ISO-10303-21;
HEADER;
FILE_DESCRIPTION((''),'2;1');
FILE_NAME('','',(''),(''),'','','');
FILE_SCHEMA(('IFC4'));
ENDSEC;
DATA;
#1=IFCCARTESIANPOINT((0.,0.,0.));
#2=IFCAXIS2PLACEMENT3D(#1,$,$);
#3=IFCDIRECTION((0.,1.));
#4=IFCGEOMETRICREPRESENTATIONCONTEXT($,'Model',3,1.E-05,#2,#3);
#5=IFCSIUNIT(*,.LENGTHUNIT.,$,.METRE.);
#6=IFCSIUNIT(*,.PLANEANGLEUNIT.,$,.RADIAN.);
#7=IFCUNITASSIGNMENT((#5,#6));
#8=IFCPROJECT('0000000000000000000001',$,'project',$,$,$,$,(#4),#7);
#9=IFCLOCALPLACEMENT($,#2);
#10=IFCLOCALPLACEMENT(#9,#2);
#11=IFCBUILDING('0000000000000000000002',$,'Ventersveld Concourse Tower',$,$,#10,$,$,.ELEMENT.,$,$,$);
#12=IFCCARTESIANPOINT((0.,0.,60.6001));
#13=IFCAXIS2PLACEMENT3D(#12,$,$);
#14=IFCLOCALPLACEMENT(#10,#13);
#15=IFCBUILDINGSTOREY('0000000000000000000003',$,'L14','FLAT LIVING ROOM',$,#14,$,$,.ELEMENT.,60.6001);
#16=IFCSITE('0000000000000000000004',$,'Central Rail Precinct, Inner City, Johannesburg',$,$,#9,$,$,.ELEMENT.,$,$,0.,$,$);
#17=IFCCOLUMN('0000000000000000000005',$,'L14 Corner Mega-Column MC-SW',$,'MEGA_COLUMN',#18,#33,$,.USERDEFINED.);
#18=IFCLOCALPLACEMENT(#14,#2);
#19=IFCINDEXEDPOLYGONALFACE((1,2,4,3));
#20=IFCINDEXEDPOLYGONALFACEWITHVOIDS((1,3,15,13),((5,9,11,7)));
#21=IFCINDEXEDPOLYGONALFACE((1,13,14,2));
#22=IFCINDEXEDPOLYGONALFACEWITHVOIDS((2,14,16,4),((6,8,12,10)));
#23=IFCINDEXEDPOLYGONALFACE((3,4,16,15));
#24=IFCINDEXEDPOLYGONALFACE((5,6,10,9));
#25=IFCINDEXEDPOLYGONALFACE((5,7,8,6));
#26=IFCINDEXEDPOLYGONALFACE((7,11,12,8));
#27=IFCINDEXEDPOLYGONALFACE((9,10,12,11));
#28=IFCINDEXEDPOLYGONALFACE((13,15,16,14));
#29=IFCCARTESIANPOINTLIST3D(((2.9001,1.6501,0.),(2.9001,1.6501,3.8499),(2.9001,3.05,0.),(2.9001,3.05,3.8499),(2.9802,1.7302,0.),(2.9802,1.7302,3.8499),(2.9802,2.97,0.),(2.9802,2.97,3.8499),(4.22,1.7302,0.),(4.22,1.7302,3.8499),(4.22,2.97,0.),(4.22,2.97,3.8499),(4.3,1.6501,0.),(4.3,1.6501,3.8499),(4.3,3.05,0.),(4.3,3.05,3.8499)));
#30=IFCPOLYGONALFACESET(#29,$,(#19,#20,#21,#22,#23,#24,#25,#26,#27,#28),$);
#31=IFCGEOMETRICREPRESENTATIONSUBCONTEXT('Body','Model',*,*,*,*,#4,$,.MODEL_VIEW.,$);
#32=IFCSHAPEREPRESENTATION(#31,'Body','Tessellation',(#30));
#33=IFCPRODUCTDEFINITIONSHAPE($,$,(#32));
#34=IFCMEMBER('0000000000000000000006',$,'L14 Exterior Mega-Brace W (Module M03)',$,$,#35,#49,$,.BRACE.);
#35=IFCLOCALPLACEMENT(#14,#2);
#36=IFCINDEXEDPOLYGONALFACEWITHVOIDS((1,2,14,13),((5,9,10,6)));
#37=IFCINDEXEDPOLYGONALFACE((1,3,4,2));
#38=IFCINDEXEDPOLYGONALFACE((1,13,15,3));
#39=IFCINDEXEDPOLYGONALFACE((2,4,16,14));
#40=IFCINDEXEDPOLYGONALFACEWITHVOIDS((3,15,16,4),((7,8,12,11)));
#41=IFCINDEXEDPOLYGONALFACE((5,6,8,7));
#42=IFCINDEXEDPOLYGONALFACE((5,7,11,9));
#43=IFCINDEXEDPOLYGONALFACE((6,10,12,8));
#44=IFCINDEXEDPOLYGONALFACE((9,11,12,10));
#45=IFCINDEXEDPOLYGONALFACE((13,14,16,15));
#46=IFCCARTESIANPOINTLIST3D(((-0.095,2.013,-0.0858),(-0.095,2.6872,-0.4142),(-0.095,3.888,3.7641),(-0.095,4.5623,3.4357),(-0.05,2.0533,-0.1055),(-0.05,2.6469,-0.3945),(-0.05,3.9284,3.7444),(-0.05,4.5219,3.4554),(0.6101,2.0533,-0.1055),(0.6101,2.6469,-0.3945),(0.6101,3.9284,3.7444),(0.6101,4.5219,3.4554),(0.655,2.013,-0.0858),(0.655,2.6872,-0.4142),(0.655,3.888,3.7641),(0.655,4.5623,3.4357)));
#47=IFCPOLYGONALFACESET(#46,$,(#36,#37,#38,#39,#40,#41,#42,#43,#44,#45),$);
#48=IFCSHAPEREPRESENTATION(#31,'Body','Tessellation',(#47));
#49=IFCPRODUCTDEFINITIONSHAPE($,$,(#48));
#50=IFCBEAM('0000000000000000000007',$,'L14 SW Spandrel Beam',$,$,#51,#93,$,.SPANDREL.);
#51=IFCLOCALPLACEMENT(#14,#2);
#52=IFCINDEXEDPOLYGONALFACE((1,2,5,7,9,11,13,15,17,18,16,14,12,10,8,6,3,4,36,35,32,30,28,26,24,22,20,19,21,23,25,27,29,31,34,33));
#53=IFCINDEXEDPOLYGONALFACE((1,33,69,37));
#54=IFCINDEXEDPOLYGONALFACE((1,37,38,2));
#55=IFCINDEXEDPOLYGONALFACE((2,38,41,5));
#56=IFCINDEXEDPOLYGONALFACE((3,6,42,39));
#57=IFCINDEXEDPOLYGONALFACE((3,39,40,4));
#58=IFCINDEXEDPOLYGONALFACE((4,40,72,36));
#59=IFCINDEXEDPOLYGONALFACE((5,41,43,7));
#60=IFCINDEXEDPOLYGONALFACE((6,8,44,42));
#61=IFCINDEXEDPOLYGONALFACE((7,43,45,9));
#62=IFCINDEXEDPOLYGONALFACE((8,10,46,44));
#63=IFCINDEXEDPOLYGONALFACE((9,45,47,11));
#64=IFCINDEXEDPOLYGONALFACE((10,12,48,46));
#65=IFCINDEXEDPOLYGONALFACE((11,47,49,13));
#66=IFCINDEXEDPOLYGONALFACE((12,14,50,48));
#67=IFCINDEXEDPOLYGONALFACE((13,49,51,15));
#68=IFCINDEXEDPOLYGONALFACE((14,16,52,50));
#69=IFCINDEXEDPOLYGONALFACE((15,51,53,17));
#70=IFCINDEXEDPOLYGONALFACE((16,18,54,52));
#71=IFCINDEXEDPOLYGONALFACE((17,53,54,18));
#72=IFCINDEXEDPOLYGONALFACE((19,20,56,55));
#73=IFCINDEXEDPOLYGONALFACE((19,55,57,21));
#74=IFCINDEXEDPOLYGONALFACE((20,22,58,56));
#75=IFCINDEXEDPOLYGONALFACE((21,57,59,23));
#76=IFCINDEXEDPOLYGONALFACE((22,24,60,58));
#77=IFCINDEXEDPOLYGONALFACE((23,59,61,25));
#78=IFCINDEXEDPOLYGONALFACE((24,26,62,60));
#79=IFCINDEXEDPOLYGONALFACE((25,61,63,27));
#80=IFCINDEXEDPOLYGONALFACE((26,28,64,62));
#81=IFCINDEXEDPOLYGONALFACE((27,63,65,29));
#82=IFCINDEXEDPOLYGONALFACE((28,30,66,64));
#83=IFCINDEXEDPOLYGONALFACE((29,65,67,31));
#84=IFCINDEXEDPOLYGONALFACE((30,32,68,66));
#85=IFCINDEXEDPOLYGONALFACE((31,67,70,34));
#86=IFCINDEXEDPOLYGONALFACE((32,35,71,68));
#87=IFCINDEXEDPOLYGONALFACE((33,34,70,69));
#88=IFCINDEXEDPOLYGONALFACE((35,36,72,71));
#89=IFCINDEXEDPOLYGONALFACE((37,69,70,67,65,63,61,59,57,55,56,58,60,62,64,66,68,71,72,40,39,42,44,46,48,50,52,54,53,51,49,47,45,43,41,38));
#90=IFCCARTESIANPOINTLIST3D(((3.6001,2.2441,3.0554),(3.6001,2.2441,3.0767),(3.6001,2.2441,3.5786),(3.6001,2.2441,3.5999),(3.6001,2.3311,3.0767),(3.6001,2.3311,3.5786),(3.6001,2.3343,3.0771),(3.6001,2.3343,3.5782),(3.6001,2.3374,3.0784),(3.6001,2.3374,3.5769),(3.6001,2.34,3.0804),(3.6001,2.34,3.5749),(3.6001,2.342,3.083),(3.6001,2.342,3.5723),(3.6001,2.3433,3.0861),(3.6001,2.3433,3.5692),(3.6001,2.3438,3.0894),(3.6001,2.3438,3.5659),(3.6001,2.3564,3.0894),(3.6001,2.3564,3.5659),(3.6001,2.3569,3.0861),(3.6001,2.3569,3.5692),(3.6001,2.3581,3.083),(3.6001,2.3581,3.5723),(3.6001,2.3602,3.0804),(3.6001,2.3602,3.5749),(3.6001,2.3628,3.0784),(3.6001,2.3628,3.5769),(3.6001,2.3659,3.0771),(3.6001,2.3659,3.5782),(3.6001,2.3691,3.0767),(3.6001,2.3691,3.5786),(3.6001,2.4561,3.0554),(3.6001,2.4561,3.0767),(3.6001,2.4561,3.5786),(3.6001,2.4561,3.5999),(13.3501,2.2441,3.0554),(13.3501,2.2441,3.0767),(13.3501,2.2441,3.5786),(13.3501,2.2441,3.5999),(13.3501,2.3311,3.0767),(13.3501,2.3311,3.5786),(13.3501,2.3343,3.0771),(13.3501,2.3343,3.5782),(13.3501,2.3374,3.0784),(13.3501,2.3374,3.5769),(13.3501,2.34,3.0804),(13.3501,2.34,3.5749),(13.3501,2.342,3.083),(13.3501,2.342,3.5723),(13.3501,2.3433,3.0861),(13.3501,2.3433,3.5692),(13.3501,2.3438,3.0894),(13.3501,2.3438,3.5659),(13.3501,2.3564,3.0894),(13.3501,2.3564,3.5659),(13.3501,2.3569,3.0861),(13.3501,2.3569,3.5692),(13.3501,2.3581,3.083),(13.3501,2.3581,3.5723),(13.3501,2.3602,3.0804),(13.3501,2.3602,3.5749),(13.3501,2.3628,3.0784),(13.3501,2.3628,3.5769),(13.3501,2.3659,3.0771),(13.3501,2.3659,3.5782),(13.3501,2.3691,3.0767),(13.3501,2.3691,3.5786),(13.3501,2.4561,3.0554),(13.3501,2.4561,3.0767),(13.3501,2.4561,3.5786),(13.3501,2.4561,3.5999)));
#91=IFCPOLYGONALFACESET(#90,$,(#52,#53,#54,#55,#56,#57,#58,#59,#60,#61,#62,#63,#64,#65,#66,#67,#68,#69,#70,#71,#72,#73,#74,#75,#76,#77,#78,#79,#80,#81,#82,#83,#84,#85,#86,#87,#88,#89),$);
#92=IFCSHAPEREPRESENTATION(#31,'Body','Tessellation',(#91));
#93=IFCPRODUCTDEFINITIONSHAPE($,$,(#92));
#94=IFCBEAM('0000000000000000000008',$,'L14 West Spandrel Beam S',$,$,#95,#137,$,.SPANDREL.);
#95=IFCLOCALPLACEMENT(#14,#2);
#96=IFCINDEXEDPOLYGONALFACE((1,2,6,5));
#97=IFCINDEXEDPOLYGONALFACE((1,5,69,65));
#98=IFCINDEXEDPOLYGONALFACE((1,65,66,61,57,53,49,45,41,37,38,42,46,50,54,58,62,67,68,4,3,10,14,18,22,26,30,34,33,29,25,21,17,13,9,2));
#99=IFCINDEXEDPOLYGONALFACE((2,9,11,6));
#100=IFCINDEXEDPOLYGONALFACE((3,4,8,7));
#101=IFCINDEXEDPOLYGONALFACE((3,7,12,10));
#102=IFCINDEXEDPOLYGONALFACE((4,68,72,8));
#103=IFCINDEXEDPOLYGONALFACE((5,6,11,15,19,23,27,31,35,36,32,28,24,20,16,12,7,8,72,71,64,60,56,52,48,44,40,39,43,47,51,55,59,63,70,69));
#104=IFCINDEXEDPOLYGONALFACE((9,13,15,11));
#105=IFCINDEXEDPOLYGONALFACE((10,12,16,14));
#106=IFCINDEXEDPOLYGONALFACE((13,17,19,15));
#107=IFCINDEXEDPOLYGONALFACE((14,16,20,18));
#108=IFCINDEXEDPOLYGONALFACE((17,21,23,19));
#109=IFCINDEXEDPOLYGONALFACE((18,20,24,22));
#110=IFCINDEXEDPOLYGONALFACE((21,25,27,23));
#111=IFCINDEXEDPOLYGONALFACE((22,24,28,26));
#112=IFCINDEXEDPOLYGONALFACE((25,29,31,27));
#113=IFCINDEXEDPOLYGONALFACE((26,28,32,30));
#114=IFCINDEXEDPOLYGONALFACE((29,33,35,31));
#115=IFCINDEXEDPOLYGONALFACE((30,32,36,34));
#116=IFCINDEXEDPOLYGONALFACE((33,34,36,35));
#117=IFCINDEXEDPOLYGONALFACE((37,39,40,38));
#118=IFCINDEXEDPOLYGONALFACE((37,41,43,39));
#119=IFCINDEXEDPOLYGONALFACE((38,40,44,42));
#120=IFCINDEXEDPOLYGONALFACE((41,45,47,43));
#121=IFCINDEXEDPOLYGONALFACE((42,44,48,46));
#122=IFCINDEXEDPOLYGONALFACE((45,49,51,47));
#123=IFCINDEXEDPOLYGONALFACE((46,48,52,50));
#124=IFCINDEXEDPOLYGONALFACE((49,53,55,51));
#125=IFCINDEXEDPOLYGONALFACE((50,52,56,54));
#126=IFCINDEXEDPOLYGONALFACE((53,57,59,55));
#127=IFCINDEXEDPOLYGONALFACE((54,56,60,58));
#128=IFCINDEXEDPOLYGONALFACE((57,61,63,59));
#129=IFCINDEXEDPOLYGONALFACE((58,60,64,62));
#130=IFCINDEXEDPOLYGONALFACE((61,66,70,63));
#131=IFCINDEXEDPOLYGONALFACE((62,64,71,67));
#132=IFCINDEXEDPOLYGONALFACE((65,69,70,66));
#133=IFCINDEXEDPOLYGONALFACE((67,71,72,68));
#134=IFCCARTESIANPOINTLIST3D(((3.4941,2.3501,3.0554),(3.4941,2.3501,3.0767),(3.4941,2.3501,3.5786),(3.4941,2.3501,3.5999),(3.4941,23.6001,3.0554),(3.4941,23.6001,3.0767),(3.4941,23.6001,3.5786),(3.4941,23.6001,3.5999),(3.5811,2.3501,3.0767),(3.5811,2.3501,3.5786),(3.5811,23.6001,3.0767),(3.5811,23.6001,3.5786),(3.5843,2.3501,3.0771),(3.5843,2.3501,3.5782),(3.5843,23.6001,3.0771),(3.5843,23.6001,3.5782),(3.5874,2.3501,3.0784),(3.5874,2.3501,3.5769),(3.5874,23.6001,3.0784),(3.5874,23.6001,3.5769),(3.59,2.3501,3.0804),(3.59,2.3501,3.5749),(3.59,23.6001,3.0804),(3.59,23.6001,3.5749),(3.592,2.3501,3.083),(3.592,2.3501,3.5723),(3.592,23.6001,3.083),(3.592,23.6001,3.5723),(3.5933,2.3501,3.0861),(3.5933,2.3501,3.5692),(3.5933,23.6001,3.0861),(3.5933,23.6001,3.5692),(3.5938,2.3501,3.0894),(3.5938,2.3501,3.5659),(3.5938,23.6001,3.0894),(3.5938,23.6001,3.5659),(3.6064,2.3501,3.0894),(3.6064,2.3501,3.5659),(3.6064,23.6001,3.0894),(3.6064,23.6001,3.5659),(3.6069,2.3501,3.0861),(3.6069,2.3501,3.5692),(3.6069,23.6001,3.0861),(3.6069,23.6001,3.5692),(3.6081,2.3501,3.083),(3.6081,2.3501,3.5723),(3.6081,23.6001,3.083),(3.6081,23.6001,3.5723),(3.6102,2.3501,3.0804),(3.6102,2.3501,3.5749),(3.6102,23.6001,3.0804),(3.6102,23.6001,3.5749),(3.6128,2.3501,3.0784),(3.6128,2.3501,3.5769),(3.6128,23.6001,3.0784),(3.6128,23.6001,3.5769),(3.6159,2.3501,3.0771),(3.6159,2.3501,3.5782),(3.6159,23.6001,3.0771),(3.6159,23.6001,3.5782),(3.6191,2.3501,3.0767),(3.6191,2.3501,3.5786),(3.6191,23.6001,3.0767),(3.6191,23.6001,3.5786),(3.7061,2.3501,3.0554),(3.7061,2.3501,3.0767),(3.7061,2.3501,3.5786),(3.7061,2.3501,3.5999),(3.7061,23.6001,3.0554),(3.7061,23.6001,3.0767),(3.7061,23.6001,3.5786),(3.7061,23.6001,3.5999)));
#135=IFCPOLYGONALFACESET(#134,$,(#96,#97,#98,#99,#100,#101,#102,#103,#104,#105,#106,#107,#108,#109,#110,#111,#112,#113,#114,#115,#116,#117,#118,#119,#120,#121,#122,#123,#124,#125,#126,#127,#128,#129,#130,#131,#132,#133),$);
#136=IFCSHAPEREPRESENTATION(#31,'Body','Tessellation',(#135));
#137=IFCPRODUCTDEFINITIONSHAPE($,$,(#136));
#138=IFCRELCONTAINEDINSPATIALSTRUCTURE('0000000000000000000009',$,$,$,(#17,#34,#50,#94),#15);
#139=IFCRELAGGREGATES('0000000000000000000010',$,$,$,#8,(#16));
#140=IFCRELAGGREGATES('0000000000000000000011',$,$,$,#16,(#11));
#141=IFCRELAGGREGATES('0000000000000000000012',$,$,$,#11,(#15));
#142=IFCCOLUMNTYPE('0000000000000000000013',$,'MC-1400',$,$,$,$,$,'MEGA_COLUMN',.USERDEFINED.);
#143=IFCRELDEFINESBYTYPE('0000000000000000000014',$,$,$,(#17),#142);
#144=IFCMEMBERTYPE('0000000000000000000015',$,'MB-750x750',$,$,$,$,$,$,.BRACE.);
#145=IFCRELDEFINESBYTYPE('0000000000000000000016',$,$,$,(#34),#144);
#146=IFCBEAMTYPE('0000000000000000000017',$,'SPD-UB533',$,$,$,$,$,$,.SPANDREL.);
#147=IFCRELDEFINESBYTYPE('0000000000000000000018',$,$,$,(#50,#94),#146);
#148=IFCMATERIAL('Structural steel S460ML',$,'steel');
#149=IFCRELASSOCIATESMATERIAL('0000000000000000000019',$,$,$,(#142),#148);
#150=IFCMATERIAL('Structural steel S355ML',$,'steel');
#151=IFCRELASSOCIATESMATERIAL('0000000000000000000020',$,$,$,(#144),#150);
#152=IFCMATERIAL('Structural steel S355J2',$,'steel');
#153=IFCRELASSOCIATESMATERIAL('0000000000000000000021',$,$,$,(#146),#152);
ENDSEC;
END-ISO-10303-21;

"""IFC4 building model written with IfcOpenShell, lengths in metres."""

from ifc_helpers import new_model, si_unit, direction, frame, origin, origin_2d, place, context, subcontext, project, spatial, hollow_rectangle, i_section, extrude, material, material_profile, profile_set, type_object, element, save


model = new_model("IFC4")

# Units and contexts
model_context = context("Model", 3, precision=1e-05, world=origin(), true_north=direction((0.0, 1.0)))
body_context = subcontext(model_context, "Body", "Model", "MODEL_VIEW")
ifc_project = project(units=[si_unit("LENGTHUNIT", "METRE"), si_unit("PLANEANGLEUNIT", "RADIAN")], contexts=[model_context])

# Site, building, storey
site_placement = place(None, origin())
site = spatial("IfcSite", under=ifc_project, at=site_placement, Name="Central Rail Precinct, Inner City, Johannesburg", CompositionType="ELEMENT", RefElevation=0.0)
building_placement = place(site_placement, origin())
building = spatial("IfcBuilding", under=site, at=building_placement, Name="Ventersveld Concourse Tower", CompositionType="ELEMENT")
storey_placement = place(building_placement, frame((0.0, 0.0, 60.6001)))
storey = spatial("IfcBuildingStorey", under=building, at=storey_placement, Name="L14", Description="FLAT LIVING ROOM", CompositionType="ELEMENT", Elevation=60.6001)

# Column
ifc_material_1 = material(Name="Structural steel S460ML", Category="steel")
ifc_material_profile_1 = material_profile(ifc_material_1, hollow_rectangle(XDim=1.3999, YDim=1.3999, WallThickness=0.0801, at=origin_2d()), Name="BOX 1400x1400x80")
ifc_profile_set_1 = profile_set([ifc_material_profile_1], Name="Structural steel S460ML")
column_type = type_object("IfcColumnType", Name="MC-1400", ElementType="MEGA_COLUMN", PredefinedType="USERDEFINED", material=ifc_profile_set_1)
column_placement = place(storey_placement, frame((3.6001, 2.3501, 0.0), z_axis=(0.0, 0.0, 1.0), x_axis=(1.0, 0.0, 0.0)))
element("IfcColumn", 1, at=column_placement, inside=storey, type_object=column_type, Name="L14 Corner Mega-Column MC-SW", ObjectType="MEGA_COLUMN", PredefinedType="USERDEFINED", context=body_context, shape_type="SweptSolid", body=[
    extrude(hollow_rectangle(XDim=1.3999, YDim=1.3999, WallThickness=0.0801, at=origin_2d()), origin(), (0.0, 0.0, 1.0), 3.8499),
])

# Member
ifc_material_2 = material(Name="Structural steel S355ML", Category="steel")
ifc_material_profile_2 = material_profile(ifc_material_2, hollow_rectangle(XDim=0.75, YDim=0.75, WallThickness=0.0449, at=origin_2d()), Name="BOX 750x750x45")
ifc_profile_set_2 = profile_set([ifc_material_profile_2], Name="Structural steel S355ML")
member_type = type_object("IfcMemberType", Name="MB-750x750", PredefinedType="BRACE", material=ifc_profile_set_2)
member_placement = place(storey_placement, frame((0.28, 2.3501, -0.25), z_axis=(0.0, 0.437862, 0.899042), x_axis=(-1.0, 0.0, 0.0)))
element("IfcMember", 2, at=member_placement, inside=storey, type_object=member_type, Name="L14 Exterior Mega-Brace W (Module M03)", PredefinedType="BRACE", context=body_context, shape_type="SweptSolid", body=[
    extrude(hollow_rectangle(XDim=0.75, YDim=0.75, WallThickness=0.0449, at=origin_2d()), origin(), (0.0, 0.0, 1.0), 4.2822),
])

# Beams
ifc_material_3 = material(Name="Structural steel S355J2", Category="steel")
ifc_material_profile_3 = material_profile(ifc_material_3, i_section(OverallWidth=0.2119, OverallDepth=0.5444, WebThickness=0.0127, FlangeThickness=0.0212, FilletRadius=0.0127, at=origin_2d()), Name="UB 533x210x122")
ifc_profile_set_3 = profile_set([ifc_material_profile_3], Name="Structural steel S355J2")
beam_type = type_object("IfcBeamType", Name="SPD-UB533", PredefinedType="SPANDREL", material=ifc_profile_set_3)
beam_1_placement = place(storey_placement, frame((3.6001, 2.3501, 3.3276), z_axis=(1.0, 0.0, 0.0), x_axis=(0.0, 1.0, 0.0)))
element("IfcBeam", 3, at=beam_1_placement, inside=storey, type_object=beam_type, Name="L14 SW Spandrel Beam", PredefinedType="SPANDREL", context=body_context, shape_type="SweptSolid", body=[
    extrude(i_section(OverallWidth=0.2119, OverallDepth=0.5444, WebThickness=0.0127, FlangeThickness=0.0212, FilletRadius=0.0127, at=origin_2d()), origin(), (0.0, 0.0, 1.0), 9.75),
])
beam_2_placement = place(storey_placement, frame((3.6001, 2.3501, 3.3276), z_axis=(0.0, 1.0, 0.0), x_axis=(-1.0, 0.0, 0.0)))
element("IfcBeam", 4, at=beam_2_placement, inside=storey, type_object=beam_type, Name="L14 West Spandrel Beam S", PredefinedType="SPANDREL", context=body_context, shape_type="SweptSolid", body=[
    extrude(i_section(OverallWidth=0.2119, OverallDepth=0.5444, WebThickness=0.0127, FlangeThickness=0.0212, FilletRadius=0.0127, at=origin_2d()), origin(), (0.0, 0.0, 1.0), 21.25),
])

save(model, "model.ifc")
